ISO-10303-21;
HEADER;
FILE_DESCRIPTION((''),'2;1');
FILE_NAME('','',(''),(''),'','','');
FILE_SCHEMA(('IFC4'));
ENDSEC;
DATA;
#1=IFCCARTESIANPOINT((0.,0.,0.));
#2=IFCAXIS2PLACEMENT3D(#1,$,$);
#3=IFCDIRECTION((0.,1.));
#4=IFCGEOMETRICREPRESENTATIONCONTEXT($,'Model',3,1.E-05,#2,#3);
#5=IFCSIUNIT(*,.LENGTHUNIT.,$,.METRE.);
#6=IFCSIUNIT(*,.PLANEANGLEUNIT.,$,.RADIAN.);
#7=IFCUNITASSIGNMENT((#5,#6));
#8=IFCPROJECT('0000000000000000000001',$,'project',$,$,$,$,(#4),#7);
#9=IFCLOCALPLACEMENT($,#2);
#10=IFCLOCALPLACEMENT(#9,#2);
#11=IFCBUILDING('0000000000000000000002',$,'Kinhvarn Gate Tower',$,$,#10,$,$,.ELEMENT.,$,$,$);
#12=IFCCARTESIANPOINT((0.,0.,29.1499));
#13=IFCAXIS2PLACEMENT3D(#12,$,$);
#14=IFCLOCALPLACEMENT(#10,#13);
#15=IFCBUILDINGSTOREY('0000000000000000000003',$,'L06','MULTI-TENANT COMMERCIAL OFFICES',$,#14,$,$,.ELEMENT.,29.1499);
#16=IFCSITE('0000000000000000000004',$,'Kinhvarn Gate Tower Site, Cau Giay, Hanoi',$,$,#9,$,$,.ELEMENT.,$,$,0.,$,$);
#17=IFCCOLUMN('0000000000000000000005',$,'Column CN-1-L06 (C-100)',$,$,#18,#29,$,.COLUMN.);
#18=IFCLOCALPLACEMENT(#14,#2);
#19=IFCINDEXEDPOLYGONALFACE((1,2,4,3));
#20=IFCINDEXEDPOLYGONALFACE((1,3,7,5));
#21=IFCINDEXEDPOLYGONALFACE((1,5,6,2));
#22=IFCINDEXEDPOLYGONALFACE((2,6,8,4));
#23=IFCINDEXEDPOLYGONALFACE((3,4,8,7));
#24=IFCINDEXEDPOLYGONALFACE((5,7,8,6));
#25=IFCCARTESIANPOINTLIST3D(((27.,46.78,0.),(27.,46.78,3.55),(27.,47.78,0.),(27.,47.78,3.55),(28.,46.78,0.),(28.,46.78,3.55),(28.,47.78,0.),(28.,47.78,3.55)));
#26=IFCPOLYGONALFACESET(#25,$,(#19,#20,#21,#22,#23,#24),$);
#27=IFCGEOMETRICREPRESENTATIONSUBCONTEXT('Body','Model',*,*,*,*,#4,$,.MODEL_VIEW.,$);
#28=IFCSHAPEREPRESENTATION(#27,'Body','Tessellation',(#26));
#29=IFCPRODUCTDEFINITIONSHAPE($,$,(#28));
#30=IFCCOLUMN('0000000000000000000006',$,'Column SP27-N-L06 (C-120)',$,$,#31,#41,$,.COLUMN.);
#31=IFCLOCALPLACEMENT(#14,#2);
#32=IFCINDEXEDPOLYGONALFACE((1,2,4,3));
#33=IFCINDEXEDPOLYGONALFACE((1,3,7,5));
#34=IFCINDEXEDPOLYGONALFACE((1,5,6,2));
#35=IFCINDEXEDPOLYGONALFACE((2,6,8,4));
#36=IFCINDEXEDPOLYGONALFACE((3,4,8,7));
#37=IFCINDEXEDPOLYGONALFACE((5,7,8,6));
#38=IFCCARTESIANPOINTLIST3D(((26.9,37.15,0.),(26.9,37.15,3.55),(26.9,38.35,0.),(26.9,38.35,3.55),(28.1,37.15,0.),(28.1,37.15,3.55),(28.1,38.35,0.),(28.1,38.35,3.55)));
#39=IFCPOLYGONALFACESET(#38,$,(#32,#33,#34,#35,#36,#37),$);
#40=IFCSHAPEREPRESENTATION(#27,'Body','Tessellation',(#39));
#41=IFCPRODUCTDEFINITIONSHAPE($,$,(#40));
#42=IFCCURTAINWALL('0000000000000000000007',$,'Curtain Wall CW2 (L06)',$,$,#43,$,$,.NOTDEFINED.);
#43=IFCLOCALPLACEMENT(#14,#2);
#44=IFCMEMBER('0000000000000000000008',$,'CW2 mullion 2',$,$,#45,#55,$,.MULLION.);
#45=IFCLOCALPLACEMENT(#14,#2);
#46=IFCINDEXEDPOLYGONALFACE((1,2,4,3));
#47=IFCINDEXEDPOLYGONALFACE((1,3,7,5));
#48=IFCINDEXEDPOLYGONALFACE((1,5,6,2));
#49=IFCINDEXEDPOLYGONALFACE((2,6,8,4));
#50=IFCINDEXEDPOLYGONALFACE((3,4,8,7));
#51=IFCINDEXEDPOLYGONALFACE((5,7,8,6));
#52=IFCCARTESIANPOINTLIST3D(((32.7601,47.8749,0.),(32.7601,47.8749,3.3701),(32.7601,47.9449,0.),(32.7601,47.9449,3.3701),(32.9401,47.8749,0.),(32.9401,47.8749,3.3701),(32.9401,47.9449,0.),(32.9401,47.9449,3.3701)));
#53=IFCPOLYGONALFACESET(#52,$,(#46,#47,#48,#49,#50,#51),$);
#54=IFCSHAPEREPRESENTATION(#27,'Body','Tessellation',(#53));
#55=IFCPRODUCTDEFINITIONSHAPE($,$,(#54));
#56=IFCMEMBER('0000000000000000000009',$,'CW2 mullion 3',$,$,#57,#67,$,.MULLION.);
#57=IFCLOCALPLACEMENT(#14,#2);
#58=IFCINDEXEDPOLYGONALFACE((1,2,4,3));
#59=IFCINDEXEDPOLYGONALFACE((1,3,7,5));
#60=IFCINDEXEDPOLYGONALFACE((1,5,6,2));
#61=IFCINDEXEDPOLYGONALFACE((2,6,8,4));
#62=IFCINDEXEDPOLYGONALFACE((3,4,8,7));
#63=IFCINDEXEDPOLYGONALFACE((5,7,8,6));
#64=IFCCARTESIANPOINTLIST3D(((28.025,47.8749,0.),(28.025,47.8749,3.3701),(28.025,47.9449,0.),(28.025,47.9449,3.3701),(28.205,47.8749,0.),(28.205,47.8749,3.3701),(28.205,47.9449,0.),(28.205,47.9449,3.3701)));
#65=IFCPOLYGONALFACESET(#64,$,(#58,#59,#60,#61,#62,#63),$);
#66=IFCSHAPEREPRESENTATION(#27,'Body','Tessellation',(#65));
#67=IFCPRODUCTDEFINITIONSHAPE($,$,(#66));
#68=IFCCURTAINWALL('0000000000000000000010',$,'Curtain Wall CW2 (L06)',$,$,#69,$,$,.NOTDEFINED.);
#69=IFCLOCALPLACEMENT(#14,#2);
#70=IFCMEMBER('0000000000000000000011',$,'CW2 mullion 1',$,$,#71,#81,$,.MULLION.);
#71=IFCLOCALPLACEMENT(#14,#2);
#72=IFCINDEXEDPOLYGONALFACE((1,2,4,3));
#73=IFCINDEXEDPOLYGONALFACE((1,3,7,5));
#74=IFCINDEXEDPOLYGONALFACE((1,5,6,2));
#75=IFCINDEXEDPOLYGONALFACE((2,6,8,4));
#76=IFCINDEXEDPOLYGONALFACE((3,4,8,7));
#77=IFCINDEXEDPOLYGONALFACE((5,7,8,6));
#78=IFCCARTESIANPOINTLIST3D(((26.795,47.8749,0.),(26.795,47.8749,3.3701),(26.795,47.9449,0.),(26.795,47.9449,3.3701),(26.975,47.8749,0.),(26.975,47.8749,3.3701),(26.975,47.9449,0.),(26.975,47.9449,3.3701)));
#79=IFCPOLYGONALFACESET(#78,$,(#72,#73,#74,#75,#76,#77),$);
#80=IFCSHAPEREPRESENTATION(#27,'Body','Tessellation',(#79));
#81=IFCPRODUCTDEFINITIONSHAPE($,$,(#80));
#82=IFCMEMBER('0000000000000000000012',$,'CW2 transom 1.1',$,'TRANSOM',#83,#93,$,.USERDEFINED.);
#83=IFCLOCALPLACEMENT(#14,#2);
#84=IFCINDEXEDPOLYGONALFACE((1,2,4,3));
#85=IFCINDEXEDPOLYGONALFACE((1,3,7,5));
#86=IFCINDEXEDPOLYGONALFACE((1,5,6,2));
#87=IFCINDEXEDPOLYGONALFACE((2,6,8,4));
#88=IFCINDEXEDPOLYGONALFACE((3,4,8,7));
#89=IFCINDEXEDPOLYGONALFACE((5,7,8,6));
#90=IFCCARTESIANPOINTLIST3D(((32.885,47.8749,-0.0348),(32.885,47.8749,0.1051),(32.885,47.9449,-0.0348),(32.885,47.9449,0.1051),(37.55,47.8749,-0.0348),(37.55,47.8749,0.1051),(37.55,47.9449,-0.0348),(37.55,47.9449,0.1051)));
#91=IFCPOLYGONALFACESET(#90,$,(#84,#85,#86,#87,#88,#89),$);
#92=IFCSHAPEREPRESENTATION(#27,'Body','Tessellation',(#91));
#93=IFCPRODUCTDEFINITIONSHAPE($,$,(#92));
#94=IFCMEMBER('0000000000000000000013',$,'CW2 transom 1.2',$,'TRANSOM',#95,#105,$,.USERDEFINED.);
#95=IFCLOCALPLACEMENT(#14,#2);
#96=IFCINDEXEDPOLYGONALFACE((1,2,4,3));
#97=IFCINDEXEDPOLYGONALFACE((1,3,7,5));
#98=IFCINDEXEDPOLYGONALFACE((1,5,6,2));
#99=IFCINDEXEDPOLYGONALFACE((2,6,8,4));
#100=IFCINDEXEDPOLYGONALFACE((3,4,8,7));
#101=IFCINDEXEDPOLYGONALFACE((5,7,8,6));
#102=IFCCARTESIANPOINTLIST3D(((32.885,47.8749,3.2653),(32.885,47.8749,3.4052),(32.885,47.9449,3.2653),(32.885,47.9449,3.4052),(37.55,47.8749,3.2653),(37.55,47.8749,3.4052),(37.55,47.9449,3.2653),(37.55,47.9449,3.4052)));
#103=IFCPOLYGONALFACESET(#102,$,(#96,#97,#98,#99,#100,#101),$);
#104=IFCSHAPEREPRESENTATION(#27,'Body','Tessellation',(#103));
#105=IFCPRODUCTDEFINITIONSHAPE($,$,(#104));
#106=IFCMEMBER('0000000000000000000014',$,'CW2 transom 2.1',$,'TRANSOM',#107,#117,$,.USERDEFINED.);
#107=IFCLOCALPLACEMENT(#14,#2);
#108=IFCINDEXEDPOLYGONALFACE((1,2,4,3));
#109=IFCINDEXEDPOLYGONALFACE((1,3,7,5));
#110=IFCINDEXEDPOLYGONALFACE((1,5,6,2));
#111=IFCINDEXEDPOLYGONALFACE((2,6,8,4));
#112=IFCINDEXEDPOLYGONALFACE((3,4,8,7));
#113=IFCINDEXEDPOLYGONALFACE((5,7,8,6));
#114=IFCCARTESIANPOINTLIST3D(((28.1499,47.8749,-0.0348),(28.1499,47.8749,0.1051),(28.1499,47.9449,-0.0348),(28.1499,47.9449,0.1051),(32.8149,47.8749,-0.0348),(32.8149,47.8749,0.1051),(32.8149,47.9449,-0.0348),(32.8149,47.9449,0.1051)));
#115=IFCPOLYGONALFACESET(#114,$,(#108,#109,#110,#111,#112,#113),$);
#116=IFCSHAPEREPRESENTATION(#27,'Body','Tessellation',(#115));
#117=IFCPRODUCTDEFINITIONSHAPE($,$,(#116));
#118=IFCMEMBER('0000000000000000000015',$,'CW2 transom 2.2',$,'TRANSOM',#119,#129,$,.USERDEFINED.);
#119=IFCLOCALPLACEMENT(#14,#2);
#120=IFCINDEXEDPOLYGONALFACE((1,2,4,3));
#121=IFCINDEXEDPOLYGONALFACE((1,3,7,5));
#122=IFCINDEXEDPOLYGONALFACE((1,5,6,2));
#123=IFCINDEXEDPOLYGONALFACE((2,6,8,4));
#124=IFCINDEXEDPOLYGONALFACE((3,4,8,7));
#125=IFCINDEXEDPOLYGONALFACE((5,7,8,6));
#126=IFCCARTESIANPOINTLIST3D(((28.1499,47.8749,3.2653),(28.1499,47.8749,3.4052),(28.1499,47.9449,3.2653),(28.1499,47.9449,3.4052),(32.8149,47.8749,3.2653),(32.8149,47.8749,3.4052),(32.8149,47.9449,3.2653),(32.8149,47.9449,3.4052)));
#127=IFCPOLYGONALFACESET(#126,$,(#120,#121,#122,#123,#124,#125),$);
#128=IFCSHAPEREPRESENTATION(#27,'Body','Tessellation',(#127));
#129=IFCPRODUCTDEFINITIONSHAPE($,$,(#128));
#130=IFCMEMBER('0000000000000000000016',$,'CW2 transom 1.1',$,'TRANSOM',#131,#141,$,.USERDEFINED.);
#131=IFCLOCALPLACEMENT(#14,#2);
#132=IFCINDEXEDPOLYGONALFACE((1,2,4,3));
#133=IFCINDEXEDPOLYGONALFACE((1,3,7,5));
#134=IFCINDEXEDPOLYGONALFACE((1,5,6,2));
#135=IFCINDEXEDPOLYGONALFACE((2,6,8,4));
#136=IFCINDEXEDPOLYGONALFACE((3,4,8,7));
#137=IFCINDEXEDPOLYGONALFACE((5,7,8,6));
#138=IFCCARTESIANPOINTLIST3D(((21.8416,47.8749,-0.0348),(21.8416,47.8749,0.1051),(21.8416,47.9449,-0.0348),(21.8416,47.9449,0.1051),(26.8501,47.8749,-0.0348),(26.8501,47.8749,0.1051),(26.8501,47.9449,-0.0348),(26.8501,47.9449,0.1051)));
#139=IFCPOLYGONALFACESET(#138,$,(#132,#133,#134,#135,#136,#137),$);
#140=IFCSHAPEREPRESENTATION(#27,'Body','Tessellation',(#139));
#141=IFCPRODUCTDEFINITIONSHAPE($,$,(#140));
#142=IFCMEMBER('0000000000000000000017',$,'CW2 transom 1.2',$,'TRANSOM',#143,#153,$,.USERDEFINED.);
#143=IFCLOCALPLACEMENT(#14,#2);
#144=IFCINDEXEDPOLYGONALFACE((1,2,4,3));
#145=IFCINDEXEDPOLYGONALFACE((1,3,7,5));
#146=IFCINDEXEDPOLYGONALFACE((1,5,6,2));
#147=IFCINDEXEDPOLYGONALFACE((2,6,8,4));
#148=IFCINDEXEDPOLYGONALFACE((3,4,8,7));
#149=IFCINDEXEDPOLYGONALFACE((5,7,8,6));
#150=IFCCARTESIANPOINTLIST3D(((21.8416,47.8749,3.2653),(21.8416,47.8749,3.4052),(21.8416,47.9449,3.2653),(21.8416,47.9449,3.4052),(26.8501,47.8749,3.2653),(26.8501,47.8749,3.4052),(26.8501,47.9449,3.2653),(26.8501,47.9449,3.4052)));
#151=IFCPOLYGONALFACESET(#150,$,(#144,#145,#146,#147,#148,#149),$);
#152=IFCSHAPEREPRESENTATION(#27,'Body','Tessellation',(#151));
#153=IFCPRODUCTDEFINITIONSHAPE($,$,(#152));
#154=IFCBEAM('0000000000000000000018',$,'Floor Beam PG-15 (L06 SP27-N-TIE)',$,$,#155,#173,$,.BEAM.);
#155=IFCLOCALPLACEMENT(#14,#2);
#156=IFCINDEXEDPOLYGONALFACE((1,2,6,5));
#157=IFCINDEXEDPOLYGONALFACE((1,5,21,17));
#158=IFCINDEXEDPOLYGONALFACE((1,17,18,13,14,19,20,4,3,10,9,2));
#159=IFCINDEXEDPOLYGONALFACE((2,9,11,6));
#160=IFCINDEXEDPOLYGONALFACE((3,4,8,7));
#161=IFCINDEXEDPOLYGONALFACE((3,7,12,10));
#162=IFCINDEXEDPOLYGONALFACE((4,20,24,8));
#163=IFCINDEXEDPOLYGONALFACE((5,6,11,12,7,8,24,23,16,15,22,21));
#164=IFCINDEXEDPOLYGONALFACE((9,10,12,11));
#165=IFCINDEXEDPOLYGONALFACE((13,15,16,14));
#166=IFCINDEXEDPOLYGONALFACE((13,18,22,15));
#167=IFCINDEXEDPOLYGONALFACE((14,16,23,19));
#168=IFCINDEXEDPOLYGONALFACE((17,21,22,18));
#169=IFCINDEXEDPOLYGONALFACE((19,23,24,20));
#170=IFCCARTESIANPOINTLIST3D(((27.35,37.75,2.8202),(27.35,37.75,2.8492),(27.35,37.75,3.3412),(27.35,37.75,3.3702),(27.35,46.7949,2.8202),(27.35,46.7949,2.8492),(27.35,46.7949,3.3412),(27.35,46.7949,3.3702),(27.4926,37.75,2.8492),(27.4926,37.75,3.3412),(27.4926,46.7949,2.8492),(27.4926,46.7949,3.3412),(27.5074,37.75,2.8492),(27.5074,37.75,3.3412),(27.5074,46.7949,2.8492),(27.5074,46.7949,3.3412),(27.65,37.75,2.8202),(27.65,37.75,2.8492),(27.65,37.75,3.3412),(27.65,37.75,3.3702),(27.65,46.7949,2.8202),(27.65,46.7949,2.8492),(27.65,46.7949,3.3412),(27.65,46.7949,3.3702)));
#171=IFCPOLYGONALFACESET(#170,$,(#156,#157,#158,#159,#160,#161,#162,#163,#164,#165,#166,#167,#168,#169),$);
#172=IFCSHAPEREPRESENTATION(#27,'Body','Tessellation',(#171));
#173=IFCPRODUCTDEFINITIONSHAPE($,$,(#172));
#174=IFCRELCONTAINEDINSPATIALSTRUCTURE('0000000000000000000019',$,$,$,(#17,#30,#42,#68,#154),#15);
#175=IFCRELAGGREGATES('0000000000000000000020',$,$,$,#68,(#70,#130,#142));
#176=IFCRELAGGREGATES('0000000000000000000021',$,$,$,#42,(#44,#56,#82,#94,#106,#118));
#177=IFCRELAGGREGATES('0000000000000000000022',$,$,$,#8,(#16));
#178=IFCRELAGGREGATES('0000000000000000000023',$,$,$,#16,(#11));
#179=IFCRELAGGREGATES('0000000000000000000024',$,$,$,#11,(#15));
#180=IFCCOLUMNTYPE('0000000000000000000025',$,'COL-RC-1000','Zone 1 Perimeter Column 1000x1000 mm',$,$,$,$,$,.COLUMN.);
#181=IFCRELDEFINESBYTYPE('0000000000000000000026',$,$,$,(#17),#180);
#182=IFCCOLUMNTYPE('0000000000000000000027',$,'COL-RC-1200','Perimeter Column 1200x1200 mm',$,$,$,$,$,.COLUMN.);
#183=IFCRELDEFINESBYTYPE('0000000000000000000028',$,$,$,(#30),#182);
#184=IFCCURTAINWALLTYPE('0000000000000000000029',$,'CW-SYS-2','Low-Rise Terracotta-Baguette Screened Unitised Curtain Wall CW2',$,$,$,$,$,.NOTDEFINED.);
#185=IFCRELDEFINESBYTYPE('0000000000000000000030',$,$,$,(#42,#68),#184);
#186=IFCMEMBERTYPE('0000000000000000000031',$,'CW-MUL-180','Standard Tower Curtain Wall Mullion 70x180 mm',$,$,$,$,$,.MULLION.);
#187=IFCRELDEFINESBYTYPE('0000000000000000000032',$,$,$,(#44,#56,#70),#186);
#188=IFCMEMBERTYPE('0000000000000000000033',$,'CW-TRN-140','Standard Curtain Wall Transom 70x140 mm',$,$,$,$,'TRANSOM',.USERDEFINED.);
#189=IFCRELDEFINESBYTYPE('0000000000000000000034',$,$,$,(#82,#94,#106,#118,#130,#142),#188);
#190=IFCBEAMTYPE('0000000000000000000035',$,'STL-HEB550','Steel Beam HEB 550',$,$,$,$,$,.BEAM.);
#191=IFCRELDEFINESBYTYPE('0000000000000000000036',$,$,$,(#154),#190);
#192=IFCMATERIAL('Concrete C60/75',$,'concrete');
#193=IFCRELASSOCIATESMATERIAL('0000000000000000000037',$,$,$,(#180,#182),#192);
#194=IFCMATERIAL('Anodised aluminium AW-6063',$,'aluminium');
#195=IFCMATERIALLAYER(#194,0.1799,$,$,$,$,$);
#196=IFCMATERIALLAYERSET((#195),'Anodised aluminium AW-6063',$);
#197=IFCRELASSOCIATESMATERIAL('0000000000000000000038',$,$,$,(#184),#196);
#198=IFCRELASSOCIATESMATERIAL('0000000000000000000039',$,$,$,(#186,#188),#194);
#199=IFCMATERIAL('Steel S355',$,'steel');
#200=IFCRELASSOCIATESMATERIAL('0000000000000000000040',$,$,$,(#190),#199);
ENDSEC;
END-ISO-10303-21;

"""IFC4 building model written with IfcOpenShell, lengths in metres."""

from ifc_helpers import new_model, si_unit, direction, frame, origin, origin_2d, place, context, subcontext, project, spatial, rectangle, i_section, extrude, material, layer, layer_set, material_profile, profile_set, type_object, element, aggregate, save


model = new_model("IFC4")

# Units and contexts
model_context = context("Model", 3, precision=1e-05, world=origin(), true_north=direction((0.0, 1.0)))
body_context = subcontext(model_context, "Body", "Model", "MODEL_VIEW")
ifc_project = project(units=[si_unit("LENGTHUNIT", "METRE"), si_unit("PLANEANGLEUNIT", "RADIAN")], contexts=[model_context])

# Site, building, storey
site_placement = place(None, origin())
site = spatial("IfcSite", under=ifc_project, at=site_placement, Name="Kinhvarn Gate Tower Site, Cau Giay, Hanoi", CompositionType="ELEMENT", RefElevation=0.0)
building_placement = place(site_placement, origin())
building = spatial("IfcBuilding", under=site, at=building_placement, Name="Kinhvarn Gate Tower", CompositionType="ELEMENT")
storey_placement = place(building_placement, frame((0.0, 0.0, 29.1499)))
storey = spatial("IfcBuildingStorey", under=building, at=storey_placement, Name="L06", Description="MULTI-TENANT COMMERCIAL OFFICES", CompositionType="ELEMENT", Elevation=29.1499)

# Columns
ifc_material_1 = material(Name="Concrete C60/75", Category="concrete")
ifc_material_profile_1 = material_profile(ifc_material_1, rectangle(XDim=1.0, YDim=1.0, at=origin_2d()), Name="RC 1000x1000")
ifc_profile_set_1 = profile_set([ifc_material_profile_1], Name="Concrete C60/75")
column_type_1 = type_object("IfcColumnType", Name="COL-RC-1000", Description="Zone 1 Perimeter Column 1000x1000 mm", PredefinedType="COLUMN", material=ifc_profile_set_1)
column_1_placement = place(storey_placement, frame((27.5, 47.28, 0.0), z_axis=(0.0, 0.0, 1.0), x_axis=(1.0, 0.0, 0.0)))
element("IfcColumn", 1, at=column_1_placement, inside=storey, type_object=column_type_1, Name="Column CN-1-L06 (C-100)", PredefinedType="COLUMN", context=body_context, shape_type="SweptSolid", body=[
    extrude(rectangle(XDim=1.0, YDim=1.0, at=origin_2d()), origin(), (0.0, 0.0, 1.0), 3.55),
])
ifc_material_profile_2 = material_profile(ifc_material_1, rectangle(XDim=1.2, YDim=1.2, at=origin_2d()), Name="RC 1200x1200")
ifc_profile_set_2 = profile_set([ifc_material_profile_2], Name="Concrete C60/75")
column_type_2 = type_object("IfcColumnType", Name="COL-RC-1200", Description="Perimeter Column 1200x1200 mm", PredefinedType="COLUMN", material=ifc_profile_set_2)
column_2_placement = place(storey_placement, frame((27.5, 37.75, 0.0), z_axis=(0.0, 0.0, 1.0), x_axis=(1.0, 0.0, 0.0)))
element("IfcColumn", 2, at=column_2_placement, inside=storey, type_object=column_type_2, Name="Column SP27-N-L06 (C-120)", PredefinedType="COLUMN", context=body_context, shape_type="SweptSolid", body=[
    extrude(rectangle(XDim=1.2, YDim=1.2, at=origin_2d()), origin(), (0.0, 0.0, 1.0), 3.55),
])

# Curtain wall, members
ifc_material_2 = material(Name="Anodised aluminium AW-6063", Category="aluminium")
ifc_layer_1 = layer(ifc_material_2, 0.1799)
ifc_layer_set_1 = layer_set([ifc_layer_1], Name="Anodised aluminium AW-6063")
curtain_wall_type = type_object("IfcCurtainWallType", Name="CW-SYS-2", Description="Low-Rise Terracotta-Baguette Screened Unitised Curtain Wall CW2", PredefinedType="NOTDEFINED", material=ifc_layer_set_1)
curtain_wall_1_placement = place(storey_placement, origin())
curtain_wall_1 = element("IfcCurtainWall", 3, at=curtain_wall_1_placement, inside=storey, type_object=curtain_wall_type, Name="Curtain Wall CW2 (L06)", PredefinedType="NOTDEFINED")
ifc_material_profile_3 = material_profile(ifc_material_2, rectangle(XDim=0.0701, YDim=0.1799, at=origin_2d()), Name="ALU 70x180")
ifc_profile_set_3 = profile_set([ifc_material_profile_3], Name="Anodised aluminium AW-6063")
member_type_1 = type_object("IfcMemberType", Name="CW-MUL-180", Description="Standard Tower Curtain Wall Mullion 70x180 mm", PredefinedType="MULLION", material=ifc_profile_set_3)
member_1_placement = place(storey_placement, frame((32.8501, 47.9099, 0.0), z_axis=(0.0, 0.0, 1.0), x_axis=(0.0, -1.0, 0.0)))
member_1 = element("IfcMember", 4, at=member_1_placement, type_object=member_type_1, Name="CW2 mullion 2", PredefinedType="MULLION", context=body_context, shape_type="SweptSolid", body=[
    extrude(rectangle(XDim=0.0701, YDim=0.1799, at=origin_2d()), origin(), (0.0, 0.0, 1.0), 3.3701),
])
member_2_placement = place(storey_placement, frame((28.115, 47.9099, 0.0), z_axis=(0.0, 0.0, 1.0), x_axis=(0.0, -1.0, 0.0)))
member_2 = element("IfcMember", 5, at=member_2_placement, type_object=member_type_1, Name="CW2 mullion 3", PredefinedType="MULLION", context=body_context, shape_type="SweptSolid", body=[
    extrude(rectangle(XDim=0.0701, YDim=0.1799, at=origin_2d()), origin(), (0.0, 0.0, 1.0), 3.3701),
])

# Curtain wall, member
curtain_wall_2_placement = place(storey_placement, origin())
curtain_wall_2 = element("IfcCurtainWall", 6, at=curtain_wall_2_placement, inside=storey, type_object=curtain_wall_type, Name="Curtain Wall CW2 (L06)", PredefinedType="NOTDEFINED")
member_3_placement = place(storey_placement, frame((26.885, 47.9099, 0.0), z_axis=(0.0, 0.0, 1.0), x_axis=(0.0, -1.0, 0.0)))
member_3 = element("IfcMember", 7, at=member_3_placement, type_object=member_type_1, Name="CW2 mullion 1", PredefinedType="MULLION", context=body_context, shape_type="SweptSolid", body=[
    extrude(rectangle(XDim=0.0701, YDim=0.1799, at=origin_2d()), origin(), (0.0, 0.0, 1.0), 3.3701),
])

# Members
ifc_material_profile_4 = material_profile(ifc_material_2, rectangle(XDim=0.0701, YDim=0.1399, at=origin_2d()), Name="ALU 70x140")
ifc_profile_set_4 = profile_set([ifc_material_profile_4], Name="Anodised aluminium AW-6063")
member_type_2 = type_object("IfcMemberType", Name="CW-TRN-140", Description="Standard Curtain Wall Transom 70x140 mm", ElementType="TRANSOM", PredefinedType="USERDEFINED", material=ifc_profile_set_4)
member_4_placement = place(storey_placement, frame((37.55, 47.9099, 0.0352), z_axis=(-1.0, 0.0, 0.0), x_axis=(0.0, -1.0, 0.0)))
member_4 = element("IfcMember", 8, at=member_4_placement, type_object=member_type_2, Name="CW2 transom 1.1", ObjectType="TRANSOM", PredefinedType="USERDEFINED", context=body_context, shape_type="SweptSolid", body=[
    extrude(rectangle(XDim=0.0701, YDim=0.1399, at=origin_2d()), origin(), (0.0, 0.0, 1.0), 4.665),
])
member_5_placement = place(storey_placement, frame((37.55, 47.9099, 3.3352), z_axis=(-1.0, 0.0, 0.0), x_axis=(0.0, -1.0, 0.0)))
member_5 = element("IfcMember", 9, at=member_5_placement, type_object=member_type_2, Name="CW2 transom 1.2", ObjectType="TRANSOM", PredefinedType="USERDEFINED", context=body_context, shape_type="SweptSolid", body=[
    extrude(rectangle(XDim=0.0701, YDim=0.1399, at=origin_2d()), origin(), (0.0, 0.0, 1.0), 4.665),
])
member_6_placement = place(storey_placement, frame((32.8149, 47.9099, 0.0352), z_axis=(-1.0, 0.0, 0.0), x_axis=(0.0, -1.0, 0.0)))
member_6 = element("IfcMember", 10, at=member_6_placement, type_object=member_type_2, Name="CW2 transom 2.1", ObjectType="TRANSOM", PredefinedType="USERDEFINED", context=body_context, shape_type="SweptSolid", body=[
    extrude(rectangle(XDim=0.0701, YDim=0.1399, at=origin_2d()), origin(), (0.0, 0.0, 1.0), 4.665),
])
member_7_placement = place(storey_placement, frame((32.8149, 47.9099, 3.3352), z_axis=(-1.0, 0.0, 0.0), x_axis=(0.0, -1.0, 0.0)))
member_7 = element("IfcMember", 11, at=member_7_placement, type_object=member_type_2, Name="CW2 transom 2.2", ObjectType="TRANSOM", PredefinedType="USERDEFINED", context=body_context, shape_type="SweptSolid", body=[
    extrude(rectangle(XDim=0.0701, YDim=0.1399, at=origin_2d()), origin(), (0.0, 0.0, 1.0), 4.665),
])
member_8_placement = place(storey_placement, frame((26.8501, 47.9099, 0.0352), z_axis=(-1.0, 0.0, 0.0), x_axis=(0.0, -1.0, 0.0)))
member_8 = element("IfcMember", 12, at=member_8_placement, type_object=member_type_2, Name="CW2 transom 1.1", ObjectType="TRANSOM", PredefinedType="USERDEFINED", context=body_context, shape_type="SweptSolid", body=[
    extrude(rectangle(XDim=0.0701, YDim=0.1399, at=origin_2d()), origin(), (0.0, 0.0, 1.0), 5.0085),
])
member_9_placement = place(storey_placement, frame((26.8501, 47.9099, 3.3352), z_axis=(-1.0, 0.0, 0.0), x_axis=(0.0, -1.0, 0.0)))
member_9 = element("IfcMember", 13, at=member_9_placement, type_object=member_type_2, Name="CW2 transom 1.2", ObjectType="TRANSOM", PredefinedType="USERDEFINED", context=body_context, shape_type="SweptSolid", body=[
    extrude(rectangle(XDim=0.0701, YDim=0.1399, at=origin_2d()), origin(), (0.0, 0.0, 1.0), 5.0085),
])
aggregate(curtain_wall_2, [member_3, member_8, member_9])

# Beam
ifc_material_3 = material(Name="Steel S355", Category="steel")
ifc_material_profile_5 = material_profile(ifc_material_3, i_section(OverallWidth=0.3, OverallDepth=0.55, WebThickness=0.0149, FlangeThickness=0.0291, at=origin_2d()), Name="HEB 550")
ifc_profile_set_5 = profile_set([ifc_material_profile_5], Name="Steel S355")
beam_type_1 = type_object("IfcBeamType", Name="STL-HEB550", Description="Steel Beam HEB 550", PredefinedType="BEAM", material=ifc_profile_set_5)
beam_1_placement = place(storey_placement, frame((27.5, 37.75, 3.0952), z_axis=(0.0, 1.0, 0.0), x_axis=(-1.0, 0.0, 0.0)))
element("IfcBeam", 14, at=beam_1_placement, inside=storey, type_object=beam_type_1, Name="Floor Beam PG-15 (L06 SP27-N-TIE)", PredefinedType="BEAM", context=body_context, shape_type="SweptSolid", body=[
    extrude(i_section(OverallWidth=0.3, OverallDepth=0.55, WebThickness=0.0149, FlangeThickness=0.0291, at=origin_2d()), origin(), (0.0, 0.0, 1.0), 9.0449),
])

aggregate(curtain_wall_1, [member_1, member_2, member_4, member_5, member_6, member_7])

save(model, "model.ifc")
